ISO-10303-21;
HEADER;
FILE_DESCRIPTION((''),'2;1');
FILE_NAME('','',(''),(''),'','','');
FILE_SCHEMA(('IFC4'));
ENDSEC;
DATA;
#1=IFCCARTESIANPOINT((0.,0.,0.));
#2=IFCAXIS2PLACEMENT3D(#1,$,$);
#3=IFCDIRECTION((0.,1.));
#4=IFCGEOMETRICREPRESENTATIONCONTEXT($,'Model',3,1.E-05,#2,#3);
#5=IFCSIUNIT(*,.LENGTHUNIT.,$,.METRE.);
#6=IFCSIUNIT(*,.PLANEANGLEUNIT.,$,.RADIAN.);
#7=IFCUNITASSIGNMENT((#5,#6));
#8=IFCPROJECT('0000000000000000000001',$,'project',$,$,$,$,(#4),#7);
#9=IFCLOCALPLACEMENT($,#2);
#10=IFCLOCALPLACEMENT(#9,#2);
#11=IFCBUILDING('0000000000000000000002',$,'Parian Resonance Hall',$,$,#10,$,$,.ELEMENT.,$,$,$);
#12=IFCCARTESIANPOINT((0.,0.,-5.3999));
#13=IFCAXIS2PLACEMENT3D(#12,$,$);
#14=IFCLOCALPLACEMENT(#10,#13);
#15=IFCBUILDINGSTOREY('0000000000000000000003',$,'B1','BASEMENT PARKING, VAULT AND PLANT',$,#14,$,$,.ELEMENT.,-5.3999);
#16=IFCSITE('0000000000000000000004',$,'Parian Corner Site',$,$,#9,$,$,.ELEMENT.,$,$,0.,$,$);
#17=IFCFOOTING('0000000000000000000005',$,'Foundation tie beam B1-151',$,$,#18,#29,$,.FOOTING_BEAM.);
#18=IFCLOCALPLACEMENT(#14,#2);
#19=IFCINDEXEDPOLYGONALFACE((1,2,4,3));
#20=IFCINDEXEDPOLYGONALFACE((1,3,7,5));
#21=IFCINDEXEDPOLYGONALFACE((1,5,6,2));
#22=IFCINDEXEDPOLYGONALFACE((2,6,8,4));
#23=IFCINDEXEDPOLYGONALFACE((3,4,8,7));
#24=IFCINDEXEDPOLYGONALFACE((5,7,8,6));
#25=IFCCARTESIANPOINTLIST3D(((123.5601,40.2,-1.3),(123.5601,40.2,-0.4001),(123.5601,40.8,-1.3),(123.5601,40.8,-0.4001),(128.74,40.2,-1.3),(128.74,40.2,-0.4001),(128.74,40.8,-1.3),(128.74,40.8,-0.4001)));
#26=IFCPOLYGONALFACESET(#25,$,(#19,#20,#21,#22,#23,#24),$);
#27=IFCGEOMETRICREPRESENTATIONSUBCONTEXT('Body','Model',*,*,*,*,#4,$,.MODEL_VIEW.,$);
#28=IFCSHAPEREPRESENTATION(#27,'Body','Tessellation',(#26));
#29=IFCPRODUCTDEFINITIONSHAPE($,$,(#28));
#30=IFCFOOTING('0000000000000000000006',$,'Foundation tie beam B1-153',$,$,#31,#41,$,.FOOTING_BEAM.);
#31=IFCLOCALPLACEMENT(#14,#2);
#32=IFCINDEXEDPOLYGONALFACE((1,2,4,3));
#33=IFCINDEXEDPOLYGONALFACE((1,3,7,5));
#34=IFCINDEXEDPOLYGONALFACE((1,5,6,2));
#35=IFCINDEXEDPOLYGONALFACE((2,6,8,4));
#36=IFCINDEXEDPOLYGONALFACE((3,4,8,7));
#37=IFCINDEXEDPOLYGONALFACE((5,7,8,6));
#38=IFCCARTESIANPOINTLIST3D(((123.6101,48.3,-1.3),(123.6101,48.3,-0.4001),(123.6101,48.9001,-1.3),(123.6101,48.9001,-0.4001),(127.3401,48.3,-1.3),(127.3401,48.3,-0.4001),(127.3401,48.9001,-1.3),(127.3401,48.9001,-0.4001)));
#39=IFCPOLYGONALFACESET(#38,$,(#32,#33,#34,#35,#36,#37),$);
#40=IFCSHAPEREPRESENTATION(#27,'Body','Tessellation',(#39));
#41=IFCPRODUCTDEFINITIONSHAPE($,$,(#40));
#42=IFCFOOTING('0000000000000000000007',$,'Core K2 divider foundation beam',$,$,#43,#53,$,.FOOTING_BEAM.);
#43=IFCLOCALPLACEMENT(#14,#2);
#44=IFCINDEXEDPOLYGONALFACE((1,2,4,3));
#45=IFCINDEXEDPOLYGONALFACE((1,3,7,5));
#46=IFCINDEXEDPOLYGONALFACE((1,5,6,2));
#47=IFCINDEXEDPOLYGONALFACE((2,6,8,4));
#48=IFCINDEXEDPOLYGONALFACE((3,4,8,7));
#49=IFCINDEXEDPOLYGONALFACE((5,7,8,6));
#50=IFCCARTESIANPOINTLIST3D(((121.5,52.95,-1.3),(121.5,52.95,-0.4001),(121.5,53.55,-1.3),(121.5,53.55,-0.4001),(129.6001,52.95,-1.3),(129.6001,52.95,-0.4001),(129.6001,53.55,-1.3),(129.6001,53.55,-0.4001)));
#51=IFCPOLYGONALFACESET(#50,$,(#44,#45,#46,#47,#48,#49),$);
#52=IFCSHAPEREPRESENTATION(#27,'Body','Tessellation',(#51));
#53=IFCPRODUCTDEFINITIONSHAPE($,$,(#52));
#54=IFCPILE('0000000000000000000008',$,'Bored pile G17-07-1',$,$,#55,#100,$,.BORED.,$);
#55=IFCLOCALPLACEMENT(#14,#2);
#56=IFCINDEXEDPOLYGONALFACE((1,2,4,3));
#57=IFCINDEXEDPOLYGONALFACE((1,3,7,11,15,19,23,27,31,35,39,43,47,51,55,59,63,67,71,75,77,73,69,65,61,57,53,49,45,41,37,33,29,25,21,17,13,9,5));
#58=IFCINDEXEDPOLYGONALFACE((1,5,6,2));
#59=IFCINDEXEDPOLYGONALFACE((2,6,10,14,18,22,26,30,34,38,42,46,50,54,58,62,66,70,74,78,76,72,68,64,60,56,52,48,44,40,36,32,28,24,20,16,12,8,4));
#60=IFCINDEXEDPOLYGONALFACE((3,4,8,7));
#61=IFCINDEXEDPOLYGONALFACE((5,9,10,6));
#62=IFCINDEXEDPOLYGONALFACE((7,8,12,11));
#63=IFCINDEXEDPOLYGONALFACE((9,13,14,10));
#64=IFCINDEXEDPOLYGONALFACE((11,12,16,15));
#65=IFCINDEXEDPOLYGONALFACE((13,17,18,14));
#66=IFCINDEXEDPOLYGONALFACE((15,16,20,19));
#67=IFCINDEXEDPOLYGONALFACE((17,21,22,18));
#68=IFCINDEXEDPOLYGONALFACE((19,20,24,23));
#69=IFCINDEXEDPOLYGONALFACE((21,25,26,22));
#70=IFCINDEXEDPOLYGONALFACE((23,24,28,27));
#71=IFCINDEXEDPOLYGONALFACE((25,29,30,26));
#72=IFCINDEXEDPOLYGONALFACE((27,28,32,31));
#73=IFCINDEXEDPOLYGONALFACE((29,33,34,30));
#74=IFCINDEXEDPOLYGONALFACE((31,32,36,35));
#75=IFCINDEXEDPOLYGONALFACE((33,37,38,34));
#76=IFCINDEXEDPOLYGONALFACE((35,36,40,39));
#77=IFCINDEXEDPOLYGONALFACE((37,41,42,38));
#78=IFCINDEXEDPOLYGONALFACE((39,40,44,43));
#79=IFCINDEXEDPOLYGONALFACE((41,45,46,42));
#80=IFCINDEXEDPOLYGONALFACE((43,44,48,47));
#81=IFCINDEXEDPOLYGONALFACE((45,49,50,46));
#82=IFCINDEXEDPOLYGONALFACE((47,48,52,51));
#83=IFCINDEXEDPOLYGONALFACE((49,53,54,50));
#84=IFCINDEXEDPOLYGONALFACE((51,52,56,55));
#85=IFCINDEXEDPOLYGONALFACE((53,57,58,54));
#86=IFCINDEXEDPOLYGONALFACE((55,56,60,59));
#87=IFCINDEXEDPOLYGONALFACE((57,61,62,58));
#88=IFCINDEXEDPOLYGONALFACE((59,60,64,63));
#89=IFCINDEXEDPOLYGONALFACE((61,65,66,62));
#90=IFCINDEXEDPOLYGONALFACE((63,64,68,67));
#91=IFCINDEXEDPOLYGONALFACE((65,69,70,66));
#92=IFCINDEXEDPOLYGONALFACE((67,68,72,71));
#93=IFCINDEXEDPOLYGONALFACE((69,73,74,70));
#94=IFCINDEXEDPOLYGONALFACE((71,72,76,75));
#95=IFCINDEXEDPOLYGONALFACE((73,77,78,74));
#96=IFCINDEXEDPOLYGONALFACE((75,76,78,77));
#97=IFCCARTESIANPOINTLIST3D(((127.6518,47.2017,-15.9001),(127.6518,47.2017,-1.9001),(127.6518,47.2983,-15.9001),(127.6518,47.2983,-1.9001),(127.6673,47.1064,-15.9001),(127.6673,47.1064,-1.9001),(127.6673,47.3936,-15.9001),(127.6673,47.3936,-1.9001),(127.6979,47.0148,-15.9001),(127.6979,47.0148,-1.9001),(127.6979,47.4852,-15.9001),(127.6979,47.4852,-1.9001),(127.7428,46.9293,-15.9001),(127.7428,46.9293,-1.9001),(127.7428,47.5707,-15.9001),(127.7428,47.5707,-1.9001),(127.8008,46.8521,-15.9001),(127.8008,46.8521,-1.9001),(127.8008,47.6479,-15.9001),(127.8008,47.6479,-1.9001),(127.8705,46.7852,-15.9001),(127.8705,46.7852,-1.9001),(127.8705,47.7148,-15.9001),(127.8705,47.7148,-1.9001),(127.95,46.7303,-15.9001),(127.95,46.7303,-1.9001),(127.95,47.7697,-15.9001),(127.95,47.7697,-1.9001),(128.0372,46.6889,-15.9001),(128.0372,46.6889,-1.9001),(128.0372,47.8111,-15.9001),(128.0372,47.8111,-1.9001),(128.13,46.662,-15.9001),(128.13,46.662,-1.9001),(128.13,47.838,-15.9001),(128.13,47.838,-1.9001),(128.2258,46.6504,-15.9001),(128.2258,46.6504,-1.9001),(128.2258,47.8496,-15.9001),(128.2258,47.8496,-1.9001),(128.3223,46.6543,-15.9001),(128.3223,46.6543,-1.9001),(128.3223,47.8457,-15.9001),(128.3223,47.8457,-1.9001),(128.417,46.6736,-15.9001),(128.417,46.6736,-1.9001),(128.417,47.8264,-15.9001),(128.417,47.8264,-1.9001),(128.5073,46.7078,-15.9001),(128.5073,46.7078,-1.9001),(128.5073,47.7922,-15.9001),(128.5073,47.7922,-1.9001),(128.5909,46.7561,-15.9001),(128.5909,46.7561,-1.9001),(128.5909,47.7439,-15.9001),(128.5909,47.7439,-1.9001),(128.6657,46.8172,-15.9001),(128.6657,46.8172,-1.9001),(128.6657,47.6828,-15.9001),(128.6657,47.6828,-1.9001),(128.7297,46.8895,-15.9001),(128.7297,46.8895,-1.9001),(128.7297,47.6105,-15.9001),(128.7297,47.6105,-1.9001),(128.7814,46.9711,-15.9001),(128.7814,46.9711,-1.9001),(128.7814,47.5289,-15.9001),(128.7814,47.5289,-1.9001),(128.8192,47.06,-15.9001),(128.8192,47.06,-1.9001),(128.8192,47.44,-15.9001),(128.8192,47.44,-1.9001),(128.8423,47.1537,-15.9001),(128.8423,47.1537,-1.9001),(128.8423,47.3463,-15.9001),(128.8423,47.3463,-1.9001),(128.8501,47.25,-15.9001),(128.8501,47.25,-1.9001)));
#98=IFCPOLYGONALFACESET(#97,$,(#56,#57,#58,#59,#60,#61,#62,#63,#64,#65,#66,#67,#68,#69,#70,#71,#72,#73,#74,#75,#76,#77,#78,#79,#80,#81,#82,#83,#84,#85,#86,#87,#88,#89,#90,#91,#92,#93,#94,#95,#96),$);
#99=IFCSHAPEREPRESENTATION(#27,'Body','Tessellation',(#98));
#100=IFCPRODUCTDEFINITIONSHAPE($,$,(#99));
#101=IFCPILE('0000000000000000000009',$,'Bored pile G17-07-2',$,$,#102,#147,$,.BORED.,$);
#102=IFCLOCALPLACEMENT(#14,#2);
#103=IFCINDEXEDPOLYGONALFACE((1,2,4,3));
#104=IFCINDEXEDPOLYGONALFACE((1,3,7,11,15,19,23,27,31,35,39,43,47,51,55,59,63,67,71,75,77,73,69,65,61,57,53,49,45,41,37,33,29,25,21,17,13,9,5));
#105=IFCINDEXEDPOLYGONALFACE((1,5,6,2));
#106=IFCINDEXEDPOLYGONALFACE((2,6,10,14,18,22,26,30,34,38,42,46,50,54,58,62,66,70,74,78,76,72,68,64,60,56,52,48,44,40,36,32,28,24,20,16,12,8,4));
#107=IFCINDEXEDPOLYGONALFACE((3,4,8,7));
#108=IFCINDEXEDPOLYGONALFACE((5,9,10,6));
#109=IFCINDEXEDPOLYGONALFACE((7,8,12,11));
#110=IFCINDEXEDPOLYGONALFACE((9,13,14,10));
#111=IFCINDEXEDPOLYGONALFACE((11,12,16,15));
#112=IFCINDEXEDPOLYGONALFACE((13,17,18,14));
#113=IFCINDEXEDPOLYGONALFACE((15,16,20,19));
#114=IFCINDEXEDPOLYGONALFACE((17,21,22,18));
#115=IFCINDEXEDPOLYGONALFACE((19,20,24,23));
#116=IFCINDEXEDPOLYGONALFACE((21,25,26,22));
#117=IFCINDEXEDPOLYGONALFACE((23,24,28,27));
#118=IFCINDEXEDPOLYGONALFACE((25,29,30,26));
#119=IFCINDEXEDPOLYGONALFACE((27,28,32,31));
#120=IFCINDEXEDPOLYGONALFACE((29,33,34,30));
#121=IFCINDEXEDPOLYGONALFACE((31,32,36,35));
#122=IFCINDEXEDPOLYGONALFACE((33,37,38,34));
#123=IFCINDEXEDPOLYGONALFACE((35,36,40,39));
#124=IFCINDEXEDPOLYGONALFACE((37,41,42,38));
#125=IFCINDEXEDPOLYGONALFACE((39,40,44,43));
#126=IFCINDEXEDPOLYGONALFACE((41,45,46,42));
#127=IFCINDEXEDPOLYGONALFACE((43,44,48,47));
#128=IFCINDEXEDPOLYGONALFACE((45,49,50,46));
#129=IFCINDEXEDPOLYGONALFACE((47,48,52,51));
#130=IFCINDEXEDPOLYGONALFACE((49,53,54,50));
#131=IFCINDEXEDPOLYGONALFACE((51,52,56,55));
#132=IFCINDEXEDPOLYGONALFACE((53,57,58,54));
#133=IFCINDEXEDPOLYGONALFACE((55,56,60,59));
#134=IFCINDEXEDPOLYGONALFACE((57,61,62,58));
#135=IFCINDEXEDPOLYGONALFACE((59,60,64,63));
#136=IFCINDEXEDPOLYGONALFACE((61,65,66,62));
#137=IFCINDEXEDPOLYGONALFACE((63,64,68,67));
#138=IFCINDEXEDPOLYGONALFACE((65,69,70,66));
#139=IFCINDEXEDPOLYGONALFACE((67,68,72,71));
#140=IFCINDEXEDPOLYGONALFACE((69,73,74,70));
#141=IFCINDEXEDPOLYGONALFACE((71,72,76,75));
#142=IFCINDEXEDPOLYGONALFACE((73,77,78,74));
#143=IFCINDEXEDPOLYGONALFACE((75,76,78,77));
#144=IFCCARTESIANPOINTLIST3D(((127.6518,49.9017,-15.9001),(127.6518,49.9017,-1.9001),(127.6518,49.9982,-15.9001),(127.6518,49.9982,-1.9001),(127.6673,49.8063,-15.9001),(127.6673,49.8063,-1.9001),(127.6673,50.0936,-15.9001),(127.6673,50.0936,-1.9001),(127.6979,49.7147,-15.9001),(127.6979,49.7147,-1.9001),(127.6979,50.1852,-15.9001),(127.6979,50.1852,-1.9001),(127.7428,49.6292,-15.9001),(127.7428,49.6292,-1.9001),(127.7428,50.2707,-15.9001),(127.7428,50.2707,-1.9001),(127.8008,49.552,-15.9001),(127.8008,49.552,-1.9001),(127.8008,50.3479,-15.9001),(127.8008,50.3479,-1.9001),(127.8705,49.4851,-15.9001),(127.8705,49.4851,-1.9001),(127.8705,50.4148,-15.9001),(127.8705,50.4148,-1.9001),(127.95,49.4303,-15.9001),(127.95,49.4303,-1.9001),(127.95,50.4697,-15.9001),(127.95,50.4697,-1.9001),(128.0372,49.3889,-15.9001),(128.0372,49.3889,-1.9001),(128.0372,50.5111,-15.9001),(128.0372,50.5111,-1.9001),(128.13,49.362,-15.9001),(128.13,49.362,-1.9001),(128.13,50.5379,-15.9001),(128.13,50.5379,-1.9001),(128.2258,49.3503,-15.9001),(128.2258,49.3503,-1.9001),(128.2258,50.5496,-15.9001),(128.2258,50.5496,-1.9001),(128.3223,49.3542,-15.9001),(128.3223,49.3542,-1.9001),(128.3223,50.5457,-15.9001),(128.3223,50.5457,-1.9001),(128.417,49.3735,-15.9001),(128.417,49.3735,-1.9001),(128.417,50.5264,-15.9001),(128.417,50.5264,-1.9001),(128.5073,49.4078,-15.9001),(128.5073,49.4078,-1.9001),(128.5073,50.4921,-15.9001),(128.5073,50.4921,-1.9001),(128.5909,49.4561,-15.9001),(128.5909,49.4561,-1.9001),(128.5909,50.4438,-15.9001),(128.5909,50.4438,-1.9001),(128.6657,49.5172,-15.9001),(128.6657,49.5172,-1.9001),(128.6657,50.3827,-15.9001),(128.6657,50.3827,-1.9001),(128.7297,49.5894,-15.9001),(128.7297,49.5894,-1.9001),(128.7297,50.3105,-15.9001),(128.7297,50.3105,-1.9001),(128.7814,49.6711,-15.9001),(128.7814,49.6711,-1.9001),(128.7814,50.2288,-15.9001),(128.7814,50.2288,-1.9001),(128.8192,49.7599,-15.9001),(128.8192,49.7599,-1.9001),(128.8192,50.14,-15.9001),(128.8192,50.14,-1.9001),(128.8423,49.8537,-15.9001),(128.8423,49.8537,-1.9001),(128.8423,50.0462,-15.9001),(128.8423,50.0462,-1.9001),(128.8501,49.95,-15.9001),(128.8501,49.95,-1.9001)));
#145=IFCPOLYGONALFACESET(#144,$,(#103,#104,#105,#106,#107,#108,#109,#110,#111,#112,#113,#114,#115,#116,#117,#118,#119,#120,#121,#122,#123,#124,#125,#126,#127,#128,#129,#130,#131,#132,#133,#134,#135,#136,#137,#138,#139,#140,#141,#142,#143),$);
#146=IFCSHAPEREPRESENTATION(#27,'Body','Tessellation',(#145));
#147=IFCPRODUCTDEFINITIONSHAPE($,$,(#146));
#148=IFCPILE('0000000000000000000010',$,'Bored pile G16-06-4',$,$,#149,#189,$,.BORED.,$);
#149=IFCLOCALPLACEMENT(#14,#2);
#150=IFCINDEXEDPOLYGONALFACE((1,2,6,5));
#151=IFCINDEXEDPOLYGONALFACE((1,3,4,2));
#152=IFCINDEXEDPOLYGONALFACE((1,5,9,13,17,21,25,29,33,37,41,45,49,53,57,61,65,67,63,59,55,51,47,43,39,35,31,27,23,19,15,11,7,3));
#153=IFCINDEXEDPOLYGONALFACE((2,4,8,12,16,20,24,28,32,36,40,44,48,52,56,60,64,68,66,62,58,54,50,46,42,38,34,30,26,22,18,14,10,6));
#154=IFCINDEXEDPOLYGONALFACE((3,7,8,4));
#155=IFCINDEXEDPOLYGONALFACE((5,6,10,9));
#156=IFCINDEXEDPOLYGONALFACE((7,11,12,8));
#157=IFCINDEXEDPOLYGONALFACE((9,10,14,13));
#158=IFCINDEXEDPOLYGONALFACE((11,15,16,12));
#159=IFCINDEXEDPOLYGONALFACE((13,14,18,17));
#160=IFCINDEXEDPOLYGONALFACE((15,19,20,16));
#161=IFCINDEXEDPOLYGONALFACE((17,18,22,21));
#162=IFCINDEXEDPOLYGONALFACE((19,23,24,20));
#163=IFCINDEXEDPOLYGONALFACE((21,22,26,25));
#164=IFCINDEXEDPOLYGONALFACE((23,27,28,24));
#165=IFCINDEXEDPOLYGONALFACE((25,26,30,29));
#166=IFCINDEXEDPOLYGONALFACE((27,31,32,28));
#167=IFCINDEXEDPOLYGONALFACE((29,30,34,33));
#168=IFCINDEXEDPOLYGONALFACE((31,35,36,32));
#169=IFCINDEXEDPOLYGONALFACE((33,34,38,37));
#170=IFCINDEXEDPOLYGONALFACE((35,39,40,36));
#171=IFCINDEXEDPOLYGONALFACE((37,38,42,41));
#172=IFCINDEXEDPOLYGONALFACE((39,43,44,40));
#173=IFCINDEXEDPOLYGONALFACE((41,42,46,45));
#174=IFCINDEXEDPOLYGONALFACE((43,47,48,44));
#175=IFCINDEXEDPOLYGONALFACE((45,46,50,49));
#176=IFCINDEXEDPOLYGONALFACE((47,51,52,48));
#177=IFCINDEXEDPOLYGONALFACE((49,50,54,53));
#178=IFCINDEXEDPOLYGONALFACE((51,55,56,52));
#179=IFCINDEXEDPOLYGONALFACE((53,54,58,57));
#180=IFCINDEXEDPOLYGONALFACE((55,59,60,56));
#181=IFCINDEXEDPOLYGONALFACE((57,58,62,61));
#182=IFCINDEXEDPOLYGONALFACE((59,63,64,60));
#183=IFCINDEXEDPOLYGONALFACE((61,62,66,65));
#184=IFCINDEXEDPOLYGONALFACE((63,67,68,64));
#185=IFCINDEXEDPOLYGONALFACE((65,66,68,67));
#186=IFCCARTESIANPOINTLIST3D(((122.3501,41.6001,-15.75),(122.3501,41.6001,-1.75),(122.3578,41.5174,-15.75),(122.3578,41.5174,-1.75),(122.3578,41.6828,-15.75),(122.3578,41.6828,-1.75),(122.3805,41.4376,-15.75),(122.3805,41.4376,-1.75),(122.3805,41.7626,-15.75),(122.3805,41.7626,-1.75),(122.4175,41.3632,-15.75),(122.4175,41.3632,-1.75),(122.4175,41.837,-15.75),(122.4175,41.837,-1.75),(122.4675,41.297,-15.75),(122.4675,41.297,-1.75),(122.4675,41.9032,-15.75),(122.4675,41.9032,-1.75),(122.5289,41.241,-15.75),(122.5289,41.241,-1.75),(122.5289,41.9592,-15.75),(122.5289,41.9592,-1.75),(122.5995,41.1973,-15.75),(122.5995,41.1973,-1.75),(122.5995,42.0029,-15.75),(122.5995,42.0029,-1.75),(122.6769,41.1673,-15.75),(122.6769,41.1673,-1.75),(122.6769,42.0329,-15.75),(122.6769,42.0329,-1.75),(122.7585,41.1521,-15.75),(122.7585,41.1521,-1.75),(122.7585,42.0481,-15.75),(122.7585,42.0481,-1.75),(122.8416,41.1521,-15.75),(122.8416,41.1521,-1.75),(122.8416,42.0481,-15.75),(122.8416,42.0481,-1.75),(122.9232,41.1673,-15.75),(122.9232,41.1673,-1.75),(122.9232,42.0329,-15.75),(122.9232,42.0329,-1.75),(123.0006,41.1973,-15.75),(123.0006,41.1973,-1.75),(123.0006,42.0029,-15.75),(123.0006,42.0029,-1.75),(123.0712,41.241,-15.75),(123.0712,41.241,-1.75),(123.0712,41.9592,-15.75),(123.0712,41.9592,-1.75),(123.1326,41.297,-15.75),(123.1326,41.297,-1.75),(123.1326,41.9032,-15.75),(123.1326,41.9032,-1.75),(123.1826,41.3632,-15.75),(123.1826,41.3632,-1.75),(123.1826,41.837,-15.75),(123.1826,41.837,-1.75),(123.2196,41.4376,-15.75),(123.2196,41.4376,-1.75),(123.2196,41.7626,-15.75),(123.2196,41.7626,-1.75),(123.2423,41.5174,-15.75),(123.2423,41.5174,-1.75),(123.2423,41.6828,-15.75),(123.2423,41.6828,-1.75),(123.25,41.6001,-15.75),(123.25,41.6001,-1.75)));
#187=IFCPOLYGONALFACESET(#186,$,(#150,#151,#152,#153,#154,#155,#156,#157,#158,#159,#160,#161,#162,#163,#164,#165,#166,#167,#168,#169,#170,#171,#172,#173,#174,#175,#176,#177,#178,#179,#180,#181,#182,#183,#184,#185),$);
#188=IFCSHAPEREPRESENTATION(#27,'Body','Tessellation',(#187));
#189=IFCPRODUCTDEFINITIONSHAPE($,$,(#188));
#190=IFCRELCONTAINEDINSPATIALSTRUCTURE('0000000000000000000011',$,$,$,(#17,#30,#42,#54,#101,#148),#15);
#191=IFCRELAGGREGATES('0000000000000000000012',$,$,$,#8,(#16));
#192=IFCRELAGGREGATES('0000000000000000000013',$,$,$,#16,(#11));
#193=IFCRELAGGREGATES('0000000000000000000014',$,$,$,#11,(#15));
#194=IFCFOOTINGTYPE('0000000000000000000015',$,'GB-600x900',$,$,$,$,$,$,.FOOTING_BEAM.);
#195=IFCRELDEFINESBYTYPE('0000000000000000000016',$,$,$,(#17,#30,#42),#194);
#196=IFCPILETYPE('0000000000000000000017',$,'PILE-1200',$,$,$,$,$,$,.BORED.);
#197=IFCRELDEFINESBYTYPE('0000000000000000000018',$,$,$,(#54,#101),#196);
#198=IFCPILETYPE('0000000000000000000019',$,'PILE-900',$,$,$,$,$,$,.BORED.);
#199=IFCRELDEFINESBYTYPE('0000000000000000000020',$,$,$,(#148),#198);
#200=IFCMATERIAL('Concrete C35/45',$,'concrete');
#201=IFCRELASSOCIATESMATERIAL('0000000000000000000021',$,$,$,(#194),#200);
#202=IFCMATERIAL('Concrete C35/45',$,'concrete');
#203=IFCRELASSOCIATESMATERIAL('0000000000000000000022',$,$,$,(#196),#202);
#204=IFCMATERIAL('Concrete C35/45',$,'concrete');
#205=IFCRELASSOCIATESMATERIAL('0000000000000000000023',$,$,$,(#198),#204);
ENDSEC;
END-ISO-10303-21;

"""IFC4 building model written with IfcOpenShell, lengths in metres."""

from ifc_helpers import new_model, si_unit, direction, frame, origin, origin_2d, place, context, subcontext, project, spatial, rectangle, circle, extrude, material, material_profile, profile_set, type_object, element, save


model = new_model("IFC4")

# Units and contexts
model_context = context("Model", 3, precision=1e-05, world=origin(), true_north=direction((0.0, 1.0)))
body_context = subcontext(model_context, "Body", "Model", "MODEL_VIEW")
ifc_project = project(units=[si_unit("LENGTHUNIT", "METRE"), si_unit("PLANEANGLEUNIT", "RADIAN")], contexts=[model_context])

# Site, building, storey
site_placement = place(None, origin())
site = spatial("IfcSite", under=ifc_project, at=site_placement, Name="Parian Corner Site", CompositionType="ELEMENT", RefElevation=0.0)
building_placement = place(site_placement, origin())
building = spatial("IfcBuilding", under=site, at=building_placement, Name="Parian Resonance Hall", CompositionType="ELEMENT")
storey_placement = place(building_placement, frame((0.0, 0.0, -5.3999)))
storey = spatial("IfcBuildingStorey", under=building, at=storey_placement, Name="B1", Description="BASEMENT PARKING, VAULT AND PLANT", CompositionType="ELEMENT", Elevation=-5.3999)

# Footings
ifc_material_1 = material(Name="Concrete C35/45", Category="concrete")
ifc_material_profile_1 = material_profile(ifc_material_1, rectangle(XDim=0.6001, YDim=0.8999, at=origin_2d()), Name="RC-GB-600x900")
ifc_profile_set_1 = profile_set([ifc_material_profile_1], Name="Concrete C35/45")
footing_type = type_object("IfcFootingType", Name="GB-600x900", PredefinedType="FOOTING_BEAM", material=ifc_profile_set_1)
footing_1_placement = place(storey_placement, frame((123.5601, 40.5, -0.8501), z_axis=(1.0, 0.0, 0.0), x_axis=(0.0, 1.0, 0.0)))
element("IfcFooting", 1, at=footing_1_placement, inside=storey, type_object=footing_type, Name="Foundation tie beam B1-151", PredefinedType="FOOTING_BEAM", context=body_context, shape_type="SweptSolid", body=[
    extrude(rectangle(XDim=0.6001, YDim=0.8999, at=origin_2d()), origin(), (0.0, 0.0, 1.0), 5.1799),
])
footing_2_placement = place(storey_placement, frame((123.6101, 48.6001, -0.8501), z_axis=(1.0, 0.0, 0.0), x_axis=(0.0, 1.0, 0.0)))
element("IfcFooting", 2, at=footing_2_placement, inside=storey, type_object=footing_type, Name="Foundation tie beam B1-153", PredefinedType="FOOTING_BEAM", context=body_context, shape_type="SweptSolid", body=[
    extrude(rectangle(XDim=0.6001, YDim=0.8999, at=origin_2d()), origin(), (0.0, 0.0, 1.0), 3.73),
])
footing_3_placement = place(storey_placement, frame((121.5, 53.25, -0.8501), z_axis=(1.0, 0.0, 0.0), x_axis=(0.0, 1.0, 0.0)))
element("IfcFooting", 3, at=footing_3_placement, inside=storey, type_object=footing_type, Name="Core K2 divider foundation beam", PredefinedType="FOOTING_BEAM", context=body_context, shape_type="SweptSolid", body=[
    extrude(rectangle(XDim=0.6001, YDim=0.8999, at=origin_2d()), origin(), (0.0, 0.0, 1.0), 8.1001),
])

# Piles
ifc_material_2 = material(Name="Concrete C35/45", Category="concrete")
ifc_material_profile_2 = material_profile(ifc_material_2, circle(Radius=0.6001, at=origin_2d()), Name="PILE-D1200")
ifc_profile_set_2 = profile_set([ifc_material_profile_2], Name="Concrete C35/45")
pile_type_1 = type_object("IfcPileType", Name="PILE-1200", PredefinedType="BORED", material=ifc_profile_set_2)
for number, where, z_axis, x_axis, name in (
    (4, (128.25, 47.25, -1.9001), (0.0, 0.0, -1.0), (1.0, 0.0, 0.0), "Bored pile G17-07-1"),
    (5, (128.25, 49.95, -1.9001), (0.0, 0.0, -1.0), (1.0, 0.0, 0.0), "Bored pile G17-07-2"),
):
    element("IfcPile", number, at=place(storey_placement, frame(where, z_axis=z_axis, x_axis=x_axis)), inside=storey, type_object=pile_type_1, Name=name, PredefinedType="BORED", context=body_context, shape_type="SweptSolid", body=[
        extrude(circle(Radius=0.6001, at=origin_2d()), origin(), (0.0, 0.0, 1.0), 14.0),
    ])
ifc_material_3 = material(Name="Concrete C35/45", Category="concrete")
ifc_material_profile_3 = material_profile(ifc_material_3, circle(Radius=0.45, at=origin_2d()), Name="PILE-D900")
ifc_profile_set_3 = profile_set([ifc_material_profile_3], Name="Concrete C35/45")
pile_type_2 = type_object("IfcPileType", Name="PILE-900", PredefinedType="BORED", material=ifc_profile_set_3)
for number, where, z_axis, x_axis, name in (
    (6, (122.8, 41.6001, -1.75), (0.0, 0.0, -1.0), (1.0, 0.0, 0.0), "Bored pile G16-06-4"),
):
    element("IfcPile", number, at=place(storey_placement, frame(where, z_axis=z_axis, x_axis=x_axis)), inside=storey, type_object=pile_type_2, Name=name, PredefinedType="BORED", context=body_context, shape_type="SweptSolid", body=[
        extrude(circle(Radius=0.45, at=origin_2d()), origin(), (0.0, 0.0, 1.0), 14.0),
    ])

save(model, "model.ifc")
